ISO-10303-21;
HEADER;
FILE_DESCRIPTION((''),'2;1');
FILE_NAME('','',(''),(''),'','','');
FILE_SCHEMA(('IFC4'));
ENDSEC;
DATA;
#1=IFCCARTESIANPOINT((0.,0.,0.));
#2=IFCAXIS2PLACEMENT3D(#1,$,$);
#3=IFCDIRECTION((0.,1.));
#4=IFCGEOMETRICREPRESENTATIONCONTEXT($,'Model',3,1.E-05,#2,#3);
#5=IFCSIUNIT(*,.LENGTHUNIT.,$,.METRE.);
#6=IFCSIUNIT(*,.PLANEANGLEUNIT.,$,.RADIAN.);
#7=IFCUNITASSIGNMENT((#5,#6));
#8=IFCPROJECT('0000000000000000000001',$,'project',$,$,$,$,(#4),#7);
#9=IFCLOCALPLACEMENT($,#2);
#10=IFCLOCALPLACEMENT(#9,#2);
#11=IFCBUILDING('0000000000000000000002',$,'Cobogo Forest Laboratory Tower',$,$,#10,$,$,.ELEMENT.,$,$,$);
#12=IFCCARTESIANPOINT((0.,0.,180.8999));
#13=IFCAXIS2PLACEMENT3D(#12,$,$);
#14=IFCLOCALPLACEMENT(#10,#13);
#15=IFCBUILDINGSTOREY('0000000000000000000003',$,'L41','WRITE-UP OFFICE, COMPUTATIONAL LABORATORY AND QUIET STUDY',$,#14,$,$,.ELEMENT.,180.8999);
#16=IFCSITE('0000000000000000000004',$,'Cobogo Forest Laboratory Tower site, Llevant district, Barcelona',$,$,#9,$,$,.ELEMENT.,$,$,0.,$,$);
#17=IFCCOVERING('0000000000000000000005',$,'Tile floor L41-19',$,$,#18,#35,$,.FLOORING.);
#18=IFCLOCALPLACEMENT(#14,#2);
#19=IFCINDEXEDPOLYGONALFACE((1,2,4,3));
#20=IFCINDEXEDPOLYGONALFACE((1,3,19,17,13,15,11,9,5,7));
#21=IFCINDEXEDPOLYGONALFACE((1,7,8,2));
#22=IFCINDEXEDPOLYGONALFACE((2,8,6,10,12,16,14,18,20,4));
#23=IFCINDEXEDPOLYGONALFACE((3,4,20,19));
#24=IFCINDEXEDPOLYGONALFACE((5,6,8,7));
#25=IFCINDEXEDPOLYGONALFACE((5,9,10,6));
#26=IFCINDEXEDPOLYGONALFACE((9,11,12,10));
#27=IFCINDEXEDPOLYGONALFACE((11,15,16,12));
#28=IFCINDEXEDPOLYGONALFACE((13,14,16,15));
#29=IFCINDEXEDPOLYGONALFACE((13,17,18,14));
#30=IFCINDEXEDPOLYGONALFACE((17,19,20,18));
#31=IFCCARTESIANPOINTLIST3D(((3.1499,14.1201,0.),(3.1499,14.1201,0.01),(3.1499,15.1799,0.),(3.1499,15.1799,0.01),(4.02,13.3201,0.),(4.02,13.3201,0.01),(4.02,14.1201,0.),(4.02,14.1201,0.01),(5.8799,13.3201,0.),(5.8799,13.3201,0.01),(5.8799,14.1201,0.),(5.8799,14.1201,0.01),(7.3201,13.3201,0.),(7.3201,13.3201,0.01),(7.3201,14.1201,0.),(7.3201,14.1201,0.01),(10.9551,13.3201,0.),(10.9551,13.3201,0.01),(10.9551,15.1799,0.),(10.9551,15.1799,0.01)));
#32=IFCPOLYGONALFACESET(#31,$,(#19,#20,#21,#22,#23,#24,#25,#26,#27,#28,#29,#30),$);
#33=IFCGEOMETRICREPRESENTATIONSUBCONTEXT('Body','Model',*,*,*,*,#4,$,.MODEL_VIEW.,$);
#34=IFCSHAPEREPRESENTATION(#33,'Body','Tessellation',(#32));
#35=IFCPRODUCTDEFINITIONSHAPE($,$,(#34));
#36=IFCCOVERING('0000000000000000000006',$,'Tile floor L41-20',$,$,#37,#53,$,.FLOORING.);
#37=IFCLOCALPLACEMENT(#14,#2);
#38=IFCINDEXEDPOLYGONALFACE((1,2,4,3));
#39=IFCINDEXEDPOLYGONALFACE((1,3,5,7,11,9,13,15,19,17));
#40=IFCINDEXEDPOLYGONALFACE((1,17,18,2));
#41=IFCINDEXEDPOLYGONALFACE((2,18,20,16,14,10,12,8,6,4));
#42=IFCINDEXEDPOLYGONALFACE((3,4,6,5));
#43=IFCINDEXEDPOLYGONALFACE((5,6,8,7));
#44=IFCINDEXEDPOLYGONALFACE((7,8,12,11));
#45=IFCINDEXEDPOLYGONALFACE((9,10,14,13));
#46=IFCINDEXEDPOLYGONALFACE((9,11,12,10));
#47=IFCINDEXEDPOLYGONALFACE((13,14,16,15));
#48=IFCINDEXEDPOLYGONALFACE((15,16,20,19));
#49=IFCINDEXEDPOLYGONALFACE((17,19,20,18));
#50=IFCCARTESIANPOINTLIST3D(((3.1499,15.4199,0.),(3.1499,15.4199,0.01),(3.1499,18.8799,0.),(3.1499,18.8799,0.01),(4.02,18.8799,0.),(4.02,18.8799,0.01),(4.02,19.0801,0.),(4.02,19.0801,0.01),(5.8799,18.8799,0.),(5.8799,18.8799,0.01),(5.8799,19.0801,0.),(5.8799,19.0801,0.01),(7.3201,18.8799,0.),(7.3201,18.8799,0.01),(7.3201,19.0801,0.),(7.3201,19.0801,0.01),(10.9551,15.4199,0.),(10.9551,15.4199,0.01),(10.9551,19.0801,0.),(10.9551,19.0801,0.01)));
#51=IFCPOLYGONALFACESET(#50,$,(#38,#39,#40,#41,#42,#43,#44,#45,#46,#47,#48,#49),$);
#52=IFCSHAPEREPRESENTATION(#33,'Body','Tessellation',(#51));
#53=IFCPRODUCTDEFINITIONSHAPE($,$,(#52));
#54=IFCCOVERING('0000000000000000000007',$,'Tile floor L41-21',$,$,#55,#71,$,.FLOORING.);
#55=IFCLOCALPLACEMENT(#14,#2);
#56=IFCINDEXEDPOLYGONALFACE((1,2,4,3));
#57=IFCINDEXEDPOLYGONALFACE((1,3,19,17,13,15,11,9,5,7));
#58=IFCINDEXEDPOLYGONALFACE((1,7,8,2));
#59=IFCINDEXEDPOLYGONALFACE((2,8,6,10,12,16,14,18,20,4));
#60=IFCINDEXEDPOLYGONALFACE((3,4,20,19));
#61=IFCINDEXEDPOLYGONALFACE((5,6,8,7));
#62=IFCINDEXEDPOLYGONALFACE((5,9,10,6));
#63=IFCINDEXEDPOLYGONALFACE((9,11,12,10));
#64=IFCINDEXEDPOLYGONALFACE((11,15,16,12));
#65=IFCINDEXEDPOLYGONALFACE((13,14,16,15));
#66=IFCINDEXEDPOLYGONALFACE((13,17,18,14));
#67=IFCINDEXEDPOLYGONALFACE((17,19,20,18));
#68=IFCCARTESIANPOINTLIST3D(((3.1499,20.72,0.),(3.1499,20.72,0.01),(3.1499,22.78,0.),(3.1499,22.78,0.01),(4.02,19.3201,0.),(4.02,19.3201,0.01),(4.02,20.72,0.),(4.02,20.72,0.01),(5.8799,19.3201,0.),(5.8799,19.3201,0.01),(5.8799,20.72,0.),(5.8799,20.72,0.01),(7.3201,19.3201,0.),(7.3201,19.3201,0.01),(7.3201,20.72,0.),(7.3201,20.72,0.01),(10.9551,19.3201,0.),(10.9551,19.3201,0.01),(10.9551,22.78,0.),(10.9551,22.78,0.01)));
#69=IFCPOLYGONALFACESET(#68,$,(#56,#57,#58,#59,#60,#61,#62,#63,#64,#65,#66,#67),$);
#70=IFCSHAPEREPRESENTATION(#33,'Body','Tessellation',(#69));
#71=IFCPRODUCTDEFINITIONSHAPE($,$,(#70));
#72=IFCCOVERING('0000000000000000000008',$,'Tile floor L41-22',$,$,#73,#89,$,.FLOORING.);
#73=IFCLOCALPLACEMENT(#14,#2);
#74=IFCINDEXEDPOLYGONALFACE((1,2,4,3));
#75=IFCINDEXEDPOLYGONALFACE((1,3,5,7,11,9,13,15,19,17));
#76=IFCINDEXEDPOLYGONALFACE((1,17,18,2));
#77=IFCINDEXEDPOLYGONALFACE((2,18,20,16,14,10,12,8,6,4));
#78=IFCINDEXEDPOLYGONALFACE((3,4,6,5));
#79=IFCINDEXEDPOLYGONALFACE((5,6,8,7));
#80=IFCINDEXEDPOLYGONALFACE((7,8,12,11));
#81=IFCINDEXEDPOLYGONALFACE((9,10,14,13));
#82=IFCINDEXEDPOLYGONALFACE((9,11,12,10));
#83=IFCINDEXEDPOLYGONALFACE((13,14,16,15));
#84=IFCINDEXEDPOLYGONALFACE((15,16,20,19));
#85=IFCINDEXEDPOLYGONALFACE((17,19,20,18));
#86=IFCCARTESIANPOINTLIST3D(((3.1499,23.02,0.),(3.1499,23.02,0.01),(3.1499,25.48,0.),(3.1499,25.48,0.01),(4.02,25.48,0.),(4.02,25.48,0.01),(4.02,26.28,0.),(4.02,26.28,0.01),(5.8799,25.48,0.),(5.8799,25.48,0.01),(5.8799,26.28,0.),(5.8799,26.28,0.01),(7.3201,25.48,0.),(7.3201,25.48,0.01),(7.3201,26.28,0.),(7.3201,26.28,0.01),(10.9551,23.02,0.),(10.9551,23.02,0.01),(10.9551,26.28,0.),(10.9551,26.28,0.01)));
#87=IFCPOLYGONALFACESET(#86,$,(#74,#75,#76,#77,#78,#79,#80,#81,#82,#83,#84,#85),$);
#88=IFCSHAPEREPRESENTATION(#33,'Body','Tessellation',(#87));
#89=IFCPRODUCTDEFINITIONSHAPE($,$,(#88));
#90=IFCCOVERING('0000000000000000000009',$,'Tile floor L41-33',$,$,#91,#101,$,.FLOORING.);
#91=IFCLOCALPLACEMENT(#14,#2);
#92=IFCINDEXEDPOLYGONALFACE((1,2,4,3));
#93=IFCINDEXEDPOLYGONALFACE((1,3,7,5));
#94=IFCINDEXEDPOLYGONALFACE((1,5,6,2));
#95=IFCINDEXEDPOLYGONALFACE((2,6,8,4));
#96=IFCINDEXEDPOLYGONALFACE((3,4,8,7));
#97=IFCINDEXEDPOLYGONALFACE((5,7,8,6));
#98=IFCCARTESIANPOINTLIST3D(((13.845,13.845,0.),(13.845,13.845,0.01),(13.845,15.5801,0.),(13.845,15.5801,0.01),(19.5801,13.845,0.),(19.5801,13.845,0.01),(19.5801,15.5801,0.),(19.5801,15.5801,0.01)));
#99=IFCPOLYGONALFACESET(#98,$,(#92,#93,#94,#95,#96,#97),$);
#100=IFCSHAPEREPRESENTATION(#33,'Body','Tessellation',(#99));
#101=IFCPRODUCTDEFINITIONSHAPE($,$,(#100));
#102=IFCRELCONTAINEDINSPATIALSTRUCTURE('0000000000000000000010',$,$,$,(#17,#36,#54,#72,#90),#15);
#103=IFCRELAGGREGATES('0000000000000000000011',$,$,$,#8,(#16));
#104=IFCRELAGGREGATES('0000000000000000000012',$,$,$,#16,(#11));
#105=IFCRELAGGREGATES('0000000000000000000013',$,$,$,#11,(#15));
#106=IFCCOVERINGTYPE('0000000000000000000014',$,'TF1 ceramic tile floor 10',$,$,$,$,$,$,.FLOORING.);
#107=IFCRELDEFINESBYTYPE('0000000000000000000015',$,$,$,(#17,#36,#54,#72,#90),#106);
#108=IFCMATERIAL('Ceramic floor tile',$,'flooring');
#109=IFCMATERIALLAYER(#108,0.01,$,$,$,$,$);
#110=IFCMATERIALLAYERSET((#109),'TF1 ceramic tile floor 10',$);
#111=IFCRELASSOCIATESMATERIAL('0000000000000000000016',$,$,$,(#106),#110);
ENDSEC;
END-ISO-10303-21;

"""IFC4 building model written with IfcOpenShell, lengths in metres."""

from ifc_helpers import new_model, si_unit, direction, frame, origin, place, context, subcontext, project, spatial, polyline, outline, extrude, material, layer, layer_set, type_object, element, save


model = new_model("IFC4")

# Units and contexts
model_context = context("Model", 3, precision=1e-05, world=origin(), true_north=direction((0.0, 1.0)))
body_context = subcontext(model_context, "Body", "Model", "MODEL_VIEW")
ifc_project = project(units=[si_unit("LENGTHUNIT", "METRE"), si_unit("PLANEANGLEUNIT", "RADIAN")], contexts=[model_context])

# Site, building, storey
site_placement = place(None, origin())
site = spatial("IfcSite", under=ifc_project, at=site_placement, Name="Cobogo Forest Laboratory Tower site, Llevant district, Barcelona", CompositionType="ELEMENT", RefElevation=0.0)
building_placement = place(site_placement, origin())
building = spatial("IfcBuilding", under=site, at=building_placement, Name="Cobogo Forest Laboratory Tower", CompositionType="ELEMENT")
storey_placement = place(building_placement, frame((0.0, 0.0, 180.8999)))
storey = spatial("IfcBuildingStorey", under=building, at=storey_placement, Name="L41", Description="WRITE-UP OFFICE, COMPUTATIONAL LABORATORY AND QUIET STUDY", CompositionType="ELEMENT", Elevation=180.8999)

# Coverings
ifc_material_1 = material(Name="Ceramic floor tile", Category="flooring")
ifc_layer_1 = layer(ifc_material_1, 0.01)
ifc_layer_set_1 = layer_set([ifc_layer_1], Name="TF1 ceramic tile floor 10")
covering_type_1 = type_object("IfcCoveringType", Name="TF1 ceramic tile floor 10", PredefinedType="FLOORING", material=ifc_layer_set_1)
covering_1_placement = place(storey_placement, origin())
element("IfcCovering", 1, at=covering_1_placement, inside=storey, type_object=covering_type_1, Name="Tile floor L41-19", PredefinedType="FLOORING", context=body_context, shape_type="SweptSolid", body=[
    extrude(outline(polyline([(10.9551, 13.3201), (7.3201, 13.3201), (7.3201, 14.1201), (5.8799, 14.1201), (5.8799, 13.3201), (4.02, 13.3201), (4.02, 14.1201), (3.1499, 14.1201), (3.1499, 15.1799), (10.9551, 15.1799), (10.9551, 13.3201)])), origin(), (0.0, 0.0, 1.0), 0.01),
])
covering_2_placement = place(storey_placement, origin())
element("IfcCovering", 2, at=covering_2_placement, inside=storey, type_object=covering_type_1, Name="Tile floor L41-20", PredefinedType="FLOORING", context=body_context, shape_type="SweptSolid", body=[
    extrude(outline(polyline([(10.9551, 15.4199), (3.1499, 15.4199), (3.1499, 18.8799), (4.02, 18.8799), (4.02, 19.0801), (5.8799, 19.0801), (5.8799, 18.8799), (7.3201, 18.8799), (7.3201, 19.0801), (10.9551, 19.0801), (10.9551, 15.4199)])), origin(), (0.0, 0.0, 1.0), 0.01),
])
covering_3_placement = place(storey_placement, origin())
element("IfcCovering", 3, at=covering_3_placement, inside=storey, type_object=covering_type_1, Name="Tile floor L41-21", PredefinedType="FLOORING", context=body_context, shape_type="SweptSolid", body=[
    extrude(outline(polyline([(10.9551, 19.3201), (7.3201, 19.3201), (7.3201, 20.72), (5.8799, 20.72), (5.8799, 19.3201), (4.02, 19.3201), (4.02, 20.72), (3.1499, 20.72), (3.1499, 22.78), (10.9551, 22.78), (10.9551, 19.3201)])), origin(), (0.0, 0.0, 1.0), 0.01),
])
covering_4_placement = place(storey_placement, origin())
element("IfcCovering", 4, at=covering_4_placement, inside=storey, type_object=covering_type_1, Name="Tile floor L41-22", PredefinedType="FLOORING", context=body_context, shape_type="SweptSolid", body=[
    extrude(outline(polyline([(10.9551, 23.02), (3.1499, 23.02), (3.1499, 25.48), (4.02, 25.48), (4.02, 26.28), (5.8799, 26.28), (5.8799, 25.48), (7.3201, 25.48), (7.3201, 26.28), (10.9551, 26.28), (10.9551, 23.02)])), origin(), (0.0, 0.0, 1.0), 0.01),
])
covering_5_placement = place(storey_placement, origin())
element("IfcCovering", 5, at=covering_5_placement, inside=storey, type_object=covering_type_1, Name="Tile floor L41-33", PredefinedType="FLOORING", context=body_context, shape_type="SweptSolid", body=[
    extrude(outline(polyline([(19.5801, 13.845), (13.845, 13.845), (13.845, 15.5801), (19.5801, 15.5801), (19.5801, 13.845)])), origin(), (0.0, 0.0, 1.0), 0.01),
])

save(model, "model.ifc")
